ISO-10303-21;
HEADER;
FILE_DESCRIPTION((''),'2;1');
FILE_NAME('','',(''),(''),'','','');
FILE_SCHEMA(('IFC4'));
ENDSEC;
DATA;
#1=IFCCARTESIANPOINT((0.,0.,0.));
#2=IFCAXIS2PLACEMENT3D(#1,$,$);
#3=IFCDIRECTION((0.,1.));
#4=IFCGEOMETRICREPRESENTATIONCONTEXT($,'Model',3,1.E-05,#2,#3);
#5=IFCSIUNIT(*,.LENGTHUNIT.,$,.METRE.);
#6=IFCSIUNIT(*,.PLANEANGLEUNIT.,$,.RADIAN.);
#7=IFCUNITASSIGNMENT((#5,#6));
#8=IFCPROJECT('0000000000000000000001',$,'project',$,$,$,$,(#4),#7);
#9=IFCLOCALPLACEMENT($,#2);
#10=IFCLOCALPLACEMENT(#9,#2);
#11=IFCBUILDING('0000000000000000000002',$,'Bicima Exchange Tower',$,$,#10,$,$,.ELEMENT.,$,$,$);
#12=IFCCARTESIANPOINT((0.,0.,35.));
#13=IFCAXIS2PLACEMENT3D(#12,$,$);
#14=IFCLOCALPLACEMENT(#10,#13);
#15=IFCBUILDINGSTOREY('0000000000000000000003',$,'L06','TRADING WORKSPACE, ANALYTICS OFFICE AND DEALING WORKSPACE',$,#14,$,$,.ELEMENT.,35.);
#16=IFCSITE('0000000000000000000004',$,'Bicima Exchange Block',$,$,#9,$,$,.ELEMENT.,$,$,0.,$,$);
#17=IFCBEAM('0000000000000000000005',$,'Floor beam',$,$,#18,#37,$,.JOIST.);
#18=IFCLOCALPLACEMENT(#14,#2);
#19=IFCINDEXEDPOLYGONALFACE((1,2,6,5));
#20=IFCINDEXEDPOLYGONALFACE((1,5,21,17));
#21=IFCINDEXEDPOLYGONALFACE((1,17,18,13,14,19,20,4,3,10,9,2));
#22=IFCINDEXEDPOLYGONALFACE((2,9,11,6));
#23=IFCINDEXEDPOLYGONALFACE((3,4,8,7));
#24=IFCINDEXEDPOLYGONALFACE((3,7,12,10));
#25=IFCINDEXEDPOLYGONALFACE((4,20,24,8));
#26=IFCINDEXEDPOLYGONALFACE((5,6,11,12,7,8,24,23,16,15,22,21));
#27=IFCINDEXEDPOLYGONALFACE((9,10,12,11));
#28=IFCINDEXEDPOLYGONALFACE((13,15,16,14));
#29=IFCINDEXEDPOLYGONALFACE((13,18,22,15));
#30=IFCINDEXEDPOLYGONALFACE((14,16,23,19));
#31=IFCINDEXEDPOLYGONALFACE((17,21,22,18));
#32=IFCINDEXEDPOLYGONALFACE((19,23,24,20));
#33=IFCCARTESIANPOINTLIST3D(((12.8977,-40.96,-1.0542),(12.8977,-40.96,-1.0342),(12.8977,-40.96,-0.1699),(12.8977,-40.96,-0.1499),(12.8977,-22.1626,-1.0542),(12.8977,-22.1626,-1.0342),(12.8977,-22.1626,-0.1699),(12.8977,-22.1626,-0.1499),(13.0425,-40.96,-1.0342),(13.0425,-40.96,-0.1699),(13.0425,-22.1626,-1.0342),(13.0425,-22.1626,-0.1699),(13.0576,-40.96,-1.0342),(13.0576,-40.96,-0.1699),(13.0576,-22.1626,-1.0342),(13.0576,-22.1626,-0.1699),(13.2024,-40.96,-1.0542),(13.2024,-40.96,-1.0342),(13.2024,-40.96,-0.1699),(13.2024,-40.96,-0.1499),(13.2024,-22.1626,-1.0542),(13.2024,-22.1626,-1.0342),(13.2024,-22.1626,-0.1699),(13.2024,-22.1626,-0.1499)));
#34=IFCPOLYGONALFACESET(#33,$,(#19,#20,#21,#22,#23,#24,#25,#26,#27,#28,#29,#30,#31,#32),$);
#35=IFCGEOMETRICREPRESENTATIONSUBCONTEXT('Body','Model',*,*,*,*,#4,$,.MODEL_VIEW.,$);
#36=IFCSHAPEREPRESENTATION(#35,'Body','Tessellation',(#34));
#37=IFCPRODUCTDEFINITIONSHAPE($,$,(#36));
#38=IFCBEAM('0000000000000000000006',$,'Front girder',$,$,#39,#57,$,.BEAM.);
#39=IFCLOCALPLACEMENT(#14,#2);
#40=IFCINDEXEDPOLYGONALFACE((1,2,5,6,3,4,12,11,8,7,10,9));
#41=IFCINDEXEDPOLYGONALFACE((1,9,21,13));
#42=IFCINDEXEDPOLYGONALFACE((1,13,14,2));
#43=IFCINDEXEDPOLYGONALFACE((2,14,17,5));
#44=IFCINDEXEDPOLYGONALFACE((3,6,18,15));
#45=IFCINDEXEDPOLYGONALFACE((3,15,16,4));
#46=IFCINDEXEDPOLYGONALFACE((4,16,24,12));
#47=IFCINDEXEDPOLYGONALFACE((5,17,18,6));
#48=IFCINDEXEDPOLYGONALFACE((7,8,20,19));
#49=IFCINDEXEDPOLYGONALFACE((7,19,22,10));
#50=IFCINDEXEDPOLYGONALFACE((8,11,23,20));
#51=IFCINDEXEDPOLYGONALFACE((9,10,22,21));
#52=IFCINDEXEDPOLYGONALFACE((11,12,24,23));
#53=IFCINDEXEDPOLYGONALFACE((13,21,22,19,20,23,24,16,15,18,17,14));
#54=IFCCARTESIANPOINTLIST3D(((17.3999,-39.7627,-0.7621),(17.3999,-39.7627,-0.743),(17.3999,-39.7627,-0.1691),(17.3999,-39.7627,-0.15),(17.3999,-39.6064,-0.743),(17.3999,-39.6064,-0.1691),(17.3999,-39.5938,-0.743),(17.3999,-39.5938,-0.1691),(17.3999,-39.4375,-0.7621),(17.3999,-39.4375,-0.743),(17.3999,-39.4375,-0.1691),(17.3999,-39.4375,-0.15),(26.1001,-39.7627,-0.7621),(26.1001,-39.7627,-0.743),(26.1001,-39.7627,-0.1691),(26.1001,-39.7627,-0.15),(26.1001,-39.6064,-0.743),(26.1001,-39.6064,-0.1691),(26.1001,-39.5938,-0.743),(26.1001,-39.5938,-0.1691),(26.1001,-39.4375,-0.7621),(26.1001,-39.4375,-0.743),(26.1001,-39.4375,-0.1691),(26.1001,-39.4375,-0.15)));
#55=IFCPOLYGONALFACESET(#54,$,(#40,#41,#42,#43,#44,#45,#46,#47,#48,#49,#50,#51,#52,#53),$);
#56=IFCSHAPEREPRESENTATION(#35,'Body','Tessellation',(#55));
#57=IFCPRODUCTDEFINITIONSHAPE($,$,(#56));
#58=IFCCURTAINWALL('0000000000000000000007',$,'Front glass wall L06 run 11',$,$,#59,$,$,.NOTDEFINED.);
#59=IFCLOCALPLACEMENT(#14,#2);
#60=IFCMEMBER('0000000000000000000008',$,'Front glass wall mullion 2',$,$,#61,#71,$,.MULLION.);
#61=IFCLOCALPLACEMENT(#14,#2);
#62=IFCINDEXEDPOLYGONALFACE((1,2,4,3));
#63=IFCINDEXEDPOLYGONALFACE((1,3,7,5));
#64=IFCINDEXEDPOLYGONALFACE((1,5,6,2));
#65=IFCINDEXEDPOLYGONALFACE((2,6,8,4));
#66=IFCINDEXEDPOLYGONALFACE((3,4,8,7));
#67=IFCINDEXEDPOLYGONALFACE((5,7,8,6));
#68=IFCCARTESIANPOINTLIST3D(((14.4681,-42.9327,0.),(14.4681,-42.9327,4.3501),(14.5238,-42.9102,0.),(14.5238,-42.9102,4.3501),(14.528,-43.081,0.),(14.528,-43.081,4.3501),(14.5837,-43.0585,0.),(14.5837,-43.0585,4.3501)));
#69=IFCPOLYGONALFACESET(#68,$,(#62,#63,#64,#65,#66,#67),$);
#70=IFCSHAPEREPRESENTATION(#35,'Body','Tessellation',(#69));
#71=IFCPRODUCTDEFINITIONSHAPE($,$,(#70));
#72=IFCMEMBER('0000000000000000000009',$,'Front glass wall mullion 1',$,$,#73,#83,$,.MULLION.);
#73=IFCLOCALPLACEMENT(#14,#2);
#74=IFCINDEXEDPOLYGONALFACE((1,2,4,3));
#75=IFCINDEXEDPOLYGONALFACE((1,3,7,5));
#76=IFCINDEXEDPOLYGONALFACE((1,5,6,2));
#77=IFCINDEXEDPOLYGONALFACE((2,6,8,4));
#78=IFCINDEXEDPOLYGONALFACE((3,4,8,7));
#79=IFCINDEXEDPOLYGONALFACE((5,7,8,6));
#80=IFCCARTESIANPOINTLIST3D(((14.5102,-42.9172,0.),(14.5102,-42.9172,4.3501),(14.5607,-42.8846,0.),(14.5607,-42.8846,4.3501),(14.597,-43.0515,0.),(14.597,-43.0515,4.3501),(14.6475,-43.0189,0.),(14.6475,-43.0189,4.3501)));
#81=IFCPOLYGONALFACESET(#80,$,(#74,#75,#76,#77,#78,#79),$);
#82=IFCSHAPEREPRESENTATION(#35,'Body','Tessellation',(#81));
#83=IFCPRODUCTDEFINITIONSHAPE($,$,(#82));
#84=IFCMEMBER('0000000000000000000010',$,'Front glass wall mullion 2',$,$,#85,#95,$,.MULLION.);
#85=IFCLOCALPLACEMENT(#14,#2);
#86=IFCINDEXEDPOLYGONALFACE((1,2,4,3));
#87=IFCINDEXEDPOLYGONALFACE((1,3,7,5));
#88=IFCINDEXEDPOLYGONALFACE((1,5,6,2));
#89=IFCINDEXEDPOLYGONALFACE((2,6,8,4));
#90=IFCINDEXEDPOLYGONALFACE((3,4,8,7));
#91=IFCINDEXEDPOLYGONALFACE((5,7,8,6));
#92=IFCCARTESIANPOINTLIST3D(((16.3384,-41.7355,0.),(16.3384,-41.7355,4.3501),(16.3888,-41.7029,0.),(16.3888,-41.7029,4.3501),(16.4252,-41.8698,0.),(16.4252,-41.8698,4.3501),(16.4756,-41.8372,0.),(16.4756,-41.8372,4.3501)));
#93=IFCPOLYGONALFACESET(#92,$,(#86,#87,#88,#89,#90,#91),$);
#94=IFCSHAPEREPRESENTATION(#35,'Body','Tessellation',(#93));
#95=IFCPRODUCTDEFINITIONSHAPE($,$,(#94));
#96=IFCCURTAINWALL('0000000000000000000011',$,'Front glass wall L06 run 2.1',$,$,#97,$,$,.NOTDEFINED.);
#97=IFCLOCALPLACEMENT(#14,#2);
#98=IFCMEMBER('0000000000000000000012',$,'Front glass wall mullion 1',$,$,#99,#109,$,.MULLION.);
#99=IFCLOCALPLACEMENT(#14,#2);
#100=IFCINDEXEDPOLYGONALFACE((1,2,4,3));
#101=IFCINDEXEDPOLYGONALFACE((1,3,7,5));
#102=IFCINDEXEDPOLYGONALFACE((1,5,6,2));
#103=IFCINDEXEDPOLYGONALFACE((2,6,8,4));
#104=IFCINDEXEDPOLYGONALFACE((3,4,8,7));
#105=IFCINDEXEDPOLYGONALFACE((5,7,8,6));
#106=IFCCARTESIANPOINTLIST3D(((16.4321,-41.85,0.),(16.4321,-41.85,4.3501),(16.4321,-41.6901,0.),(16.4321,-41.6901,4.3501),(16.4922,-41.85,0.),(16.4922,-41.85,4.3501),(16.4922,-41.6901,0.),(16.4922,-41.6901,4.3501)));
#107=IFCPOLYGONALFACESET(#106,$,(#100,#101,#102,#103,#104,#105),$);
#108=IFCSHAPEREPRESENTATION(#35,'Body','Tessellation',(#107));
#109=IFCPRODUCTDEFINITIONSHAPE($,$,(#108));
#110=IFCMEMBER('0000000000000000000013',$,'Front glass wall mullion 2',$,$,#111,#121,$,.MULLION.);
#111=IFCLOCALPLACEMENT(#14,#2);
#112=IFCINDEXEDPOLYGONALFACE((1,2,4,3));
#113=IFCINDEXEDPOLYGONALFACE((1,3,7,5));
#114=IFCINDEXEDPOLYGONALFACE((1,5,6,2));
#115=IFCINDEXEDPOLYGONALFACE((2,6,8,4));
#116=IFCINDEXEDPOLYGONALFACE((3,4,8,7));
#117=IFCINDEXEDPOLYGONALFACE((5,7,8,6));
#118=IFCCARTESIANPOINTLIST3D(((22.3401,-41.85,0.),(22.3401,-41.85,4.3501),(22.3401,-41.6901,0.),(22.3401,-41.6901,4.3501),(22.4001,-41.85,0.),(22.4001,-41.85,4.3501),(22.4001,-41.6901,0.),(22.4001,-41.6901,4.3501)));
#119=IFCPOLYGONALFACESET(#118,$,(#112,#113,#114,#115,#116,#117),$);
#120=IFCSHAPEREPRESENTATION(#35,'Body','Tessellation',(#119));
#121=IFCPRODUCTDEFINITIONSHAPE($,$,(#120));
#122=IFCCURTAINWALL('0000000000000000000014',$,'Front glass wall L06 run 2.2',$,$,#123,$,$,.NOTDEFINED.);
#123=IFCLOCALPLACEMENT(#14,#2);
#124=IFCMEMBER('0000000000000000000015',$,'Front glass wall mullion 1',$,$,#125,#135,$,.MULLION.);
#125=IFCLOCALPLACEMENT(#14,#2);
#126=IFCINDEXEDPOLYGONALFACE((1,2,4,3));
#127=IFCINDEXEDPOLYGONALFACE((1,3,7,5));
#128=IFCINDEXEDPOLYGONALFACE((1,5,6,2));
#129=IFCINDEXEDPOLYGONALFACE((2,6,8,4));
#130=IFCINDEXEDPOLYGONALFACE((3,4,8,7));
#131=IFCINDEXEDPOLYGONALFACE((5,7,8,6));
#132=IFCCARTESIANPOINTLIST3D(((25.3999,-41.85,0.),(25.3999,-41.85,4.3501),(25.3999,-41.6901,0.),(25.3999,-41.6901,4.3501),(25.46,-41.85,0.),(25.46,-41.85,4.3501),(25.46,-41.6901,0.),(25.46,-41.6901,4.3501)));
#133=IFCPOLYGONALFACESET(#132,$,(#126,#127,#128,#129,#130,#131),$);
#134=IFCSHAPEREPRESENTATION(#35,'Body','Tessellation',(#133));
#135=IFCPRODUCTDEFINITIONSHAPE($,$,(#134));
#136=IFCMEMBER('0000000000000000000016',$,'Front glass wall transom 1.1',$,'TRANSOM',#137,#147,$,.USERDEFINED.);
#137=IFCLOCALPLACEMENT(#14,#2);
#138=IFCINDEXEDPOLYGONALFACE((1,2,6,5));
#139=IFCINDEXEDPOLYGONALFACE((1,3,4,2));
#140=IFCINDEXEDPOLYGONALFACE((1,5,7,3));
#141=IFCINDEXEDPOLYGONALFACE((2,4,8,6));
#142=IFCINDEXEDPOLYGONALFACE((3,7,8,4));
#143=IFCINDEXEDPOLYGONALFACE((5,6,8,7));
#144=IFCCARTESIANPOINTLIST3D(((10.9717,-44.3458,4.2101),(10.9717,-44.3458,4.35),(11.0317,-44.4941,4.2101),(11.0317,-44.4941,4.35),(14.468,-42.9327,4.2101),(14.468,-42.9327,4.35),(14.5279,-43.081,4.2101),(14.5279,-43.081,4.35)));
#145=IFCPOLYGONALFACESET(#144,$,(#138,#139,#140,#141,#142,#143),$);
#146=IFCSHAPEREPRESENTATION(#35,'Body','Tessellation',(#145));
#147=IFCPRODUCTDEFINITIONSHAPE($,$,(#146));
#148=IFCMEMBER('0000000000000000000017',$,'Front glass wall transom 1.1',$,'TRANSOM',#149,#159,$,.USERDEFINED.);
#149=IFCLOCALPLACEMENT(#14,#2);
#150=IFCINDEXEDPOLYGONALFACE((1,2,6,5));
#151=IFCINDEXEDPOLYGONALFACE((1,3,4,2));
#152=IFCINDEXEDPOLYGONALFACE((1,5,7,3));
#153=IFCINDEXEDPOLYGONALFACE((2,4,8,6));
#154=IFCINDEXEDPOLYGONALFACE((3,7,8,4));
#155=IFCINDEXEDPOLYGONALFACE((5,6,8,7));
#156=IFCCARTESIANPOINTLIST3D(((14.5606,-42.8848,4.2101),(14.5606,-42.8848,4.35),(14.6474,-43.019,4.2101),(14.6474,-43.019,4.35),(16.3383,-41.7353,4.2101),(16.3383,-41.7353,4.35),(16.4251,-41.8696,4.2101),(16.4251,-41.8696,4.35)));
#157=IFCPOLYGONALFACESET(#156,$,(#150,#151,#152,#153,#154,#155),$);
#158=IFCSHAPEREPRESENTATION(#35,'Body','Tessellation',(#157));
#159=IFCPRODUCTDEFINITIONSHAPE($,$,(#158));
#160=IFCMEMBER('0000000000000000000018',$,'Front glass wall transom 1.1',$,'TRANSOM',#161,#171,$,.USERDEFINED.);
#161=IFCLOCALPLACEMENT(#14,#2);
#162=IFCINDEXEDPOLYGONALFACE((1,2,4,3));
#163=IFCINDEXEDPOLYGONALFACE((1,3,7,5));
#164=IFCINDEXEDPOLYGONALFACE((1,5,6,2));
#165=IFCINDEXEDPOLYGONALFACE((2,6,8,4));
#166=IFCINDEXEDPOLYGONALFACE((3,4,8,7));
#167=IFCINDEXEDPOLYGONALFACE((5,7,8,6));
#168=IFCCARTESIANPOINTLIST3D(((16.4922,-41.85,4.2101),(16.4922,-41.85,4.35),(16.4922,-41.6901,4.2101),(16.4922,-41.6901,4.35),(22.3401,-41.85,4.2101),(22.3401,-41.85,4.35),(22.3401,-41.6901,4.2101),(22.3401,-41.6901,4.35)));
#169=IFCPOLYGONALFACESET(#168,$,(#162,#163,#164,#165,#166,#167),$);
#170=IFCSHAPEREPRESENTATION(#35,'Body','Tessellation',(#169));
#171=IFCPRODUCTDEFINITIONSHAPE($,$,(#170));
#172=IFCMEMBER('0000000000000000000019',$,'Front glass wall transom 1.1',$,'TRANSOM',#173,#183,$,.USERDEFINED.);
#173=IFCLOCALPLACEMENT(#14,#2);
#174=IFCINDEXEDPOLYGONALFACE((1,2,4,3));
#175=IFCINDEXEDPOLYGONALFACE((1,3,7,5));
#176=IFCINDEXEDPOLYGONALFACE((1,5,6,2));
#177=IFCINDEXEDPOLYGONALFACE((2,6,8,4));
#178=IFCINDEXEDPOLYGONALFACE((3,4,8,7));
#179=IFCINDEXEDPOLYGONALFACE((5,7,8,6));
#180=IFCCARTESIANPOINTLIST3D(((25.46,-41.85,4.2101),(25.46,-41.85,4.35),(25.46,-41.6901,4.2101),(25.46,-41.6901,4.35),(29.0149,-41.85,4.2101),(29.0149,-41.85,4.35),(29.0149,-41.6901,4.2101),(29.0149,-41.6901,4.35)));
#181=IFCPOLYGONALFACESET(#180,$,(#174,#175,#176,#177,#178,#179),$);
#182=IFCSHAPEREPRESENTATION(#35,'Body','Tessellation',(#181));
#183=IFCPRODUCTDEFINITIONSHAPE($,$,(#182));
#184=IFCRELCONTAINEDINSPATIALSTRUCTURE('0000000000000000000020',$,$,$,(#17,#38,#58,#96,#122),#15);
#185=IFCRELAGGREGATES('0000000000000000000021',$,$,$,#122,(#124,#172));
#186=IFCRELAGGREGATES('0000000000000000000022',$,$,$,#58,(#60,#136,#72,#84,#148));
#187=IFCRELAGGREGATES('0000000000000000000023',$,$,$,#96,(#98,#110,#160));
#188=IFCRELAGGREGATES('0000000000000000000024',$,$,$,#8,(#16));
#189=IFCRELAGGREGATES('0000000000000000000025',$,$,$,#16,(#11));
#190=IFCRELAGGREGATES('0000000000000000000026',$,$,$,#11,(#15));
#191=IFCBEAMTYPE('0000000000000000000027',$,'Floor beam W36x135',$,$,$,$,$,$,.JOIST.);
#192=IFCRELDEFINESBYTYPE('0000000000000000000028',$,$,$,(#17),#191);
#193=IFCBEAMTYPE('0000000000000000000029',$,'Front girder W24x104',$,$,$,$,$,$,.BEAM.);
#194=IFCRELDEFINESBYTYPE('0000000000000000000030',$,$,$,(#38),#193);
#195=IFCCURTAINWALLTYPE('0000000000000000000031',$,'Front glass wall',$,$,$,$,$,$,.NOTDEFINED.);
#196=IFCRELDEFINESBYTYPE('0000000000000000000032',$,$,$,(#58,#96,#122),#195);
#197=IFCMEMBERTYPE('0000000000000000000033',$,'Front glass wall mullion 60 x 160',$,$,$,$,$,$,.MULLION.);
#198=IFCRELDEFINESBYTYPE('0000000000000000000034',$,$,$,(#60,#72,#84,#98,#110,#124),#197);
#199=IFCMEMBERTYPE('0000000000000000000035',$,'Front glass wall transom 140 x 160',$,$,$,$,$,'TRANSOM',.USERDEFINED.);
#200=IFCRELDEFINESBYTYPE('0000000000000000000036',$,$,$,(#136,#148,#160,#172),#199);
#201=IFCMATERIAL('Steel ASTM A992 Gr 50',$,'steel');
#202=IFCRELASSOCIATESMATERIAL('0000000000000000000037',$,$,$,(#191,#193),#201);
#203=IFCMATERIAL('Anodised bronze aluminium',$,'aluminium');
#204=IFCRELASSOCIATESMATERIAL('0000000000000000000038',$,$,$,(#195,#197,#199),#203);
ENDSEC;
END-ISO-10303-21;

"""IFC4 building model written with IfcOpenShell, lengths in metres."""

from ifc_helpers import new_model, si_unit, direction, frame, origin, origin_2d, place, context, subcontext, project, spatial, rectangle, i_section, extrude, material, material_profile, profile_set, type_object, element, aggregate, save


model = new_model("IFC4")

# Units and contexts
model_context = context("Model", 3, precision=1e-05, world=origin(), true_north=direction((0.0, 1.0)))
body_context = subcontext(model_context, "Body", "Model", "MODEL_VIEW")
ifc_project = project(units=[si_unit("LENGTHUNIT", "METRE"), si_unit("PLANEANGLEUNIT", "RADIAN")], contexts=[model_context])

# Site, building, storey
site_placement = place(None, origin())
site = spatial("IfcSite", under=ifc_project, at=site_placement, Name="Bicima Exchange Block", CompositionType="ELEMENT", RefElevation=0.0)
building_placement = place(site_placement, origin())
building = spatial("IfcBuilding", under=site, at=building_placement, Name="Bicima Exchange Tower", CompositionType="ELEMENT")
storey_placement = place(building_placement, frame((0.0, 0.0, 35.0)))
storey = spatial("IfcBuildingStorey", under=building, at=storey_placement, Name="L06", Description="TRADING WORKSPACE, ANALYTICS OFFICE AND DEALING WORKSPACE", CompositionType="ELEMENT", Elevation=35.0)

# Shared definitions
ifc_material_1 = material(Name="Steel ASTM A992 Gr 50", Category="steel")

# Beams
ifc_material_profile_1 = material_profile(ifc_material_1, i_section(OverallWidth=0.3047, OverallDepth=0.9043, WebThickness=0.0151, FlangeThickness=0.02, at=origin_2d()))
ifc_profile_set_1 = profile_set([ifc_material_profile_1], Name="Steel ASTM A992 Gr 50")
beam_type_1 = type_object("IfcBeamType", Name="Floor beam W36x135", PredefinedType="JOIST", material=ifc_profile_set_1)
beam_1_placement = place(storey_placement, frame((13.05, -22.1626, -0.6021), z_axis=(0.0, -1.0, 0.0), x_axis=(1.0, 0.0, 0.0)))
element("IfcBeam", 1, at=beam_1_placement, inside=storey, type_object=beam_type_1, Name="Floor beam", PredefinedType="JOIST", context=body_context, shape_type="SweptSolid", body=[
    extrude(i_section(OverallWidth=0.3047, OverallDepth=0.9043, WebThickness=0.0151, FlangeThickness=0.02, at=origin_2d()), origin(), (0.0, 0.0, 1.0), 18.7974),
])
ifc_material_profile_2 = material_profile(ifc_material_1, i_section(OverallWidth=0.3252, OverallDepth=0.6121, WebThickness=0.0127, FlangeThickness=0.019, at=origin_2d()))
ifc_profile_set_2 = profile_set([ifc_material_profile_2], Name="Steel ASTM A992 Gr 50")
beam_type_2 = type_object("IfcBeamType", Name="Front girder W24x104", PredefinedType="BEAM", material=ifc_profile_set_2)
beam_2_placement = place(storey_placement, frame((17.3999, -39.6001, -0.4561), z_axis=(1.0, 0.0, 0.0), x_axis=(0.0, 1.0, 0.0)))
element("IfcBeam", 2, at=beam_2_placement, inside=storey, type_object=beam_type_2, Name="Front girder", PredefinedType="BEAM", context=body_context, shape_type="SweptSolid", body=[
    extrude(i_section(OverallWidth=0.3252, OverallDepth=0.6121, WebThickness=0.0127, FlangeThickness=0.019, at=origin_2d()), origin(), (0.0, 0.0, 1.0), 8.7002),
])

# Curtain walls, members
ifc_material_2 = material(Name="Anodised bronze aluminium", Category="aluminium")
curtain_wall_type = type_object("IfcCurtainWallType", Name="Front glass wall", PredefinedType="NOTDEFINED", material=ifc_material_2)
curtain_wall_1_placement = place(storey_placement, origin())
curtain_wall_1 = element("IfcCurtainWall", 3, at=curtain_wall_1_placement, inside=storey, type_object=curtain_wall_type, Name="Front glass wall L06 run 11", PredefinedType="NOTDEFINED")
ifc_material_profile_3 = material_profile(ifc_material_2, rectangle(XDim=0.1599, YDim=0.0601, at=origin_2d()))
ifc_profile_set_3 = profile_set([ifc_material_profile_3], Name="Anodised bronze aluminium")
member_type_1 = type_object("IfcMemberType", Name="Front glass wall mullion 60 x 160", PredefinedType="MULLION", material=ifc_profile_set_3)
member_1_placement = place(storey_placement, frame((14.5259, -42.9956, 0.0), z_axis=(0.0, 0.0, 1.0), x_axis=(-0.374705, 0.927144, 0.0)))
member_1 = element("IfcMember", 4, at=member_1_placement, type_object=member_type_1, Name="Front glass wall mullion 2", PredefinedType="MULLION", context=body_context, shape_type="SweptSolid", body=[
    extrude(rectangle(XDim=0.1599, YDim=0.0601, at=origin_2d()), origin(), (0.0, 0.0, 1.0), 4.3501),
])
member_2_placement = place(storey_placement, frame((14.5789, -42.968, 0.0), z_axis=(0.0, 0.0, 1.0), x_axis=(-0.542909, 0.839791, 0.0)))
member_2 = element("IfcMember", 5, at=member_2_placement, type_object=member_type_1, Name="Front glass wall mullion 1", PredefinedType="MULLION", context=body_context, shape_type="SweptSolid", body=[
    extrude(rectangle(XDim=0.1599, YDim=0.0601, at=origin_2d()), origin(), (0.0, 0.0, 1.0), 4.3501),
])
member_3_placement = place(storey_placement, frame((16.407, -41.7864, 0.0), z_axis=(0.0, 0.0, 1.0), x_axis=(-0.542909, 0.839791, 0.0)))
member_3 = element("IfcMember", 6, at=member_3_placement, type_object=member_type_1, Name="Front glass wall mullion 2", PredefinedType="MULLION", context=body_context, shape_type="SweptSolid", body=[
    extrude(rectangle(XDim=0.1599, YDim=0.0601, at=origin_2d()), origin(), (0.0, 0.0, 1.0), 4.3501),
])
curtain_wall_2_placement = place(storey_placement, origin())
curtain_wall_2 = element("IfcCurtainWall", 7, at=curtain_wall_2_placement, inside=storey, type_object=curtain_wall_type, Name="Front glass wall L06 run 2.1", PredefinedType="NOTDEFINED")
member_4_placement = place(storey_placement, frame((16.4622, -41.77, 0.0), z_axis=(0.0, 0.0, 1.0), x_axis=(0.0, 1.0, 0.0)))
member_4 = element("IfcMember", 8, at=member_4_placement, type_object=member_type_1, Name="Front glass wall mullion 1", PredefinedType="MULLION", context=body_context, shape_type="SweptSolid", body=[
    extrude(rectangle(XDim=0.1599, YDim=0.0601, at=origin_2d()), origin(), (0.0, 0.0, 1.0), 4.3501),
])
member_5_placement = place(storey_placement, frame((22.3701, -41.77, 0.0), z_axis=(0.0, 0.0, 1.0), x_axis=(0.0, 1.0, 0.0)))
member_5 = element("IfcMember", 9, at=member_5_placement, type_object=member_type_1, Name="Front glass wall mullion 2", PredefinedType="MULLION", context=body_context, shape_type="SweptSolid", body=[
    extrude(rectangle(XDim=0.1599, YDim=0.0601, at=origin_2d()), origin(), (0.0, 0.0, 1.0), 4.3501),
])

# Curtain wall, member
curtain_wall_3_placement = place(storey_placement, origin())
curtain_wall_3 = element("IfcCurtainWall", 10, at=curtain_wall_3_placement, inside=storey, type_object=curtain_wall_type, Name="Front glass wall L06 run 2.2", PredefinedType="NOTDEFINED")
member_6_placement = place(storey_placement, frame((25.4299, -41.77, 0.0), z_axis=(0.0, 0.0, 1.0), x_axis=(0.0, 1.0, 0.0)))
member_6 = element("IfcMember", 11, at=member_6_placement, type_object=member_type_1, Name="Front glass wall mullion 1", PredefinedType="MULLION", context=body_context, shape_type="SweptSolid", body=[
    extrude(rectangle(XDim=0.1599, YDim=0.0601, at=origin_2d()), origin(), (0.0, 0.0, 1.0), 4.3501),
])

# Members
ifc_material_profile_4 = material_profile(ifc_material_2, rectangle(XDim=0.1599, YDim=0.1399, at=origin_2d()))
ifc_profile_set_4 = profile_set([ifc_material_profile_4], Name="Anodised bronze aluminium")
member_type_2 = type_object("IfcMemberType", Name="Front glass wall transom 140 x 160", ElementType="TRANSOM", PredefinedType="USERDEFINED", material=ifc_profile_set_4)
member_7_placement = place(storey_placement, frame((11.0017, -44.4199, 4.28), z_axis=(0.92714, 0.374715, 0.0), x_axis=(-0.374715, 0.92714, 0.0)))
member_7 = element("IfcMember", 12, at=member_7_placement, type_object=member_type_2, Name="Front glass wall transom 1.1", ObjectType="TRANSOM", PredefinedType="USERDEFINED", context=body_context, shape_type="SweptSolid", body=[
    extrude(rectangle(XDim=0.1599, YDim=0.1399, at=origin_2d()), origin(), (0.0, 0.0, 1.0), 3.771),
])
member_8_placement = place(storey_placement, frame((14.604, -42.9519, 4.28), z_axis=(0.83974, 0.542988, 0.0), x_axis=(-0.542988, 0.83974, 0.0)))
member_8 = element("IfcMember", 13, at=member_8_placement, type_object=member_type_2, Name="Front glass wall transom 1.1", ObjectType="TRANSOM", PredefinedType="USERDEFINED", context=body_context, shape_type="SweptSolid", body=[
    extrude(rectangle(XDim=0.1599, YDim=0.1399, at=origin_2d()), origin(), (0.0, 0.0, 1.0), 2.1169),
])
member_9_placement = place(storey_placement, frame((16.4922, -41.77, 4.28), z_axis=(1.0, 0.0, 0.0), x_axis=(0.0, 1.0, 0.0)))
member_9 = element("IfcMember", 14, at=member_9_placement, type_object=member_type_2, Name="Front glass wall transom 1.1", ObjectType="TRANSOM", PredefinedType="USERDEFINED", context=body_context, shape_type="SweptSolid", body=[
    extrude(rectangle(XDim=0.1599, YDim=0.1399, at=origin_2d()), origin(), (0.0, 0.0, 1.0), 5.8479),
])
member_10_placement = place(storey_placement, frame((25.46, -41.77, 4.28), z_axis=(1.0, 0.0, 0.0), x_axis=(0.0, 1.0, 0.0)))
member_10 = element("IfcMember", 15, at=member_10_placement, type_object=member_type_2, Name="Front glass wall transom 1.1", ObjectType="TRANSOM", PredefinedType="USERDEFINED", context=body_context, shape_type="SweptSolid", body=[
    extrude(rectangle(XDim=0.1599, YDim=0.1399, at=origin_2d()), origin(), (0.0, 0.0, 1.0), 3.5549),
])
aggregate(curtain_wall_3, [member_6, member_10])

aggregate(curtain_wall_1, [member_1, member_7, member_2, member_3, member_8])
aggregate(curtain_wall_2, [member_4, member_5, member_9])

save(model, "model.ifc")
